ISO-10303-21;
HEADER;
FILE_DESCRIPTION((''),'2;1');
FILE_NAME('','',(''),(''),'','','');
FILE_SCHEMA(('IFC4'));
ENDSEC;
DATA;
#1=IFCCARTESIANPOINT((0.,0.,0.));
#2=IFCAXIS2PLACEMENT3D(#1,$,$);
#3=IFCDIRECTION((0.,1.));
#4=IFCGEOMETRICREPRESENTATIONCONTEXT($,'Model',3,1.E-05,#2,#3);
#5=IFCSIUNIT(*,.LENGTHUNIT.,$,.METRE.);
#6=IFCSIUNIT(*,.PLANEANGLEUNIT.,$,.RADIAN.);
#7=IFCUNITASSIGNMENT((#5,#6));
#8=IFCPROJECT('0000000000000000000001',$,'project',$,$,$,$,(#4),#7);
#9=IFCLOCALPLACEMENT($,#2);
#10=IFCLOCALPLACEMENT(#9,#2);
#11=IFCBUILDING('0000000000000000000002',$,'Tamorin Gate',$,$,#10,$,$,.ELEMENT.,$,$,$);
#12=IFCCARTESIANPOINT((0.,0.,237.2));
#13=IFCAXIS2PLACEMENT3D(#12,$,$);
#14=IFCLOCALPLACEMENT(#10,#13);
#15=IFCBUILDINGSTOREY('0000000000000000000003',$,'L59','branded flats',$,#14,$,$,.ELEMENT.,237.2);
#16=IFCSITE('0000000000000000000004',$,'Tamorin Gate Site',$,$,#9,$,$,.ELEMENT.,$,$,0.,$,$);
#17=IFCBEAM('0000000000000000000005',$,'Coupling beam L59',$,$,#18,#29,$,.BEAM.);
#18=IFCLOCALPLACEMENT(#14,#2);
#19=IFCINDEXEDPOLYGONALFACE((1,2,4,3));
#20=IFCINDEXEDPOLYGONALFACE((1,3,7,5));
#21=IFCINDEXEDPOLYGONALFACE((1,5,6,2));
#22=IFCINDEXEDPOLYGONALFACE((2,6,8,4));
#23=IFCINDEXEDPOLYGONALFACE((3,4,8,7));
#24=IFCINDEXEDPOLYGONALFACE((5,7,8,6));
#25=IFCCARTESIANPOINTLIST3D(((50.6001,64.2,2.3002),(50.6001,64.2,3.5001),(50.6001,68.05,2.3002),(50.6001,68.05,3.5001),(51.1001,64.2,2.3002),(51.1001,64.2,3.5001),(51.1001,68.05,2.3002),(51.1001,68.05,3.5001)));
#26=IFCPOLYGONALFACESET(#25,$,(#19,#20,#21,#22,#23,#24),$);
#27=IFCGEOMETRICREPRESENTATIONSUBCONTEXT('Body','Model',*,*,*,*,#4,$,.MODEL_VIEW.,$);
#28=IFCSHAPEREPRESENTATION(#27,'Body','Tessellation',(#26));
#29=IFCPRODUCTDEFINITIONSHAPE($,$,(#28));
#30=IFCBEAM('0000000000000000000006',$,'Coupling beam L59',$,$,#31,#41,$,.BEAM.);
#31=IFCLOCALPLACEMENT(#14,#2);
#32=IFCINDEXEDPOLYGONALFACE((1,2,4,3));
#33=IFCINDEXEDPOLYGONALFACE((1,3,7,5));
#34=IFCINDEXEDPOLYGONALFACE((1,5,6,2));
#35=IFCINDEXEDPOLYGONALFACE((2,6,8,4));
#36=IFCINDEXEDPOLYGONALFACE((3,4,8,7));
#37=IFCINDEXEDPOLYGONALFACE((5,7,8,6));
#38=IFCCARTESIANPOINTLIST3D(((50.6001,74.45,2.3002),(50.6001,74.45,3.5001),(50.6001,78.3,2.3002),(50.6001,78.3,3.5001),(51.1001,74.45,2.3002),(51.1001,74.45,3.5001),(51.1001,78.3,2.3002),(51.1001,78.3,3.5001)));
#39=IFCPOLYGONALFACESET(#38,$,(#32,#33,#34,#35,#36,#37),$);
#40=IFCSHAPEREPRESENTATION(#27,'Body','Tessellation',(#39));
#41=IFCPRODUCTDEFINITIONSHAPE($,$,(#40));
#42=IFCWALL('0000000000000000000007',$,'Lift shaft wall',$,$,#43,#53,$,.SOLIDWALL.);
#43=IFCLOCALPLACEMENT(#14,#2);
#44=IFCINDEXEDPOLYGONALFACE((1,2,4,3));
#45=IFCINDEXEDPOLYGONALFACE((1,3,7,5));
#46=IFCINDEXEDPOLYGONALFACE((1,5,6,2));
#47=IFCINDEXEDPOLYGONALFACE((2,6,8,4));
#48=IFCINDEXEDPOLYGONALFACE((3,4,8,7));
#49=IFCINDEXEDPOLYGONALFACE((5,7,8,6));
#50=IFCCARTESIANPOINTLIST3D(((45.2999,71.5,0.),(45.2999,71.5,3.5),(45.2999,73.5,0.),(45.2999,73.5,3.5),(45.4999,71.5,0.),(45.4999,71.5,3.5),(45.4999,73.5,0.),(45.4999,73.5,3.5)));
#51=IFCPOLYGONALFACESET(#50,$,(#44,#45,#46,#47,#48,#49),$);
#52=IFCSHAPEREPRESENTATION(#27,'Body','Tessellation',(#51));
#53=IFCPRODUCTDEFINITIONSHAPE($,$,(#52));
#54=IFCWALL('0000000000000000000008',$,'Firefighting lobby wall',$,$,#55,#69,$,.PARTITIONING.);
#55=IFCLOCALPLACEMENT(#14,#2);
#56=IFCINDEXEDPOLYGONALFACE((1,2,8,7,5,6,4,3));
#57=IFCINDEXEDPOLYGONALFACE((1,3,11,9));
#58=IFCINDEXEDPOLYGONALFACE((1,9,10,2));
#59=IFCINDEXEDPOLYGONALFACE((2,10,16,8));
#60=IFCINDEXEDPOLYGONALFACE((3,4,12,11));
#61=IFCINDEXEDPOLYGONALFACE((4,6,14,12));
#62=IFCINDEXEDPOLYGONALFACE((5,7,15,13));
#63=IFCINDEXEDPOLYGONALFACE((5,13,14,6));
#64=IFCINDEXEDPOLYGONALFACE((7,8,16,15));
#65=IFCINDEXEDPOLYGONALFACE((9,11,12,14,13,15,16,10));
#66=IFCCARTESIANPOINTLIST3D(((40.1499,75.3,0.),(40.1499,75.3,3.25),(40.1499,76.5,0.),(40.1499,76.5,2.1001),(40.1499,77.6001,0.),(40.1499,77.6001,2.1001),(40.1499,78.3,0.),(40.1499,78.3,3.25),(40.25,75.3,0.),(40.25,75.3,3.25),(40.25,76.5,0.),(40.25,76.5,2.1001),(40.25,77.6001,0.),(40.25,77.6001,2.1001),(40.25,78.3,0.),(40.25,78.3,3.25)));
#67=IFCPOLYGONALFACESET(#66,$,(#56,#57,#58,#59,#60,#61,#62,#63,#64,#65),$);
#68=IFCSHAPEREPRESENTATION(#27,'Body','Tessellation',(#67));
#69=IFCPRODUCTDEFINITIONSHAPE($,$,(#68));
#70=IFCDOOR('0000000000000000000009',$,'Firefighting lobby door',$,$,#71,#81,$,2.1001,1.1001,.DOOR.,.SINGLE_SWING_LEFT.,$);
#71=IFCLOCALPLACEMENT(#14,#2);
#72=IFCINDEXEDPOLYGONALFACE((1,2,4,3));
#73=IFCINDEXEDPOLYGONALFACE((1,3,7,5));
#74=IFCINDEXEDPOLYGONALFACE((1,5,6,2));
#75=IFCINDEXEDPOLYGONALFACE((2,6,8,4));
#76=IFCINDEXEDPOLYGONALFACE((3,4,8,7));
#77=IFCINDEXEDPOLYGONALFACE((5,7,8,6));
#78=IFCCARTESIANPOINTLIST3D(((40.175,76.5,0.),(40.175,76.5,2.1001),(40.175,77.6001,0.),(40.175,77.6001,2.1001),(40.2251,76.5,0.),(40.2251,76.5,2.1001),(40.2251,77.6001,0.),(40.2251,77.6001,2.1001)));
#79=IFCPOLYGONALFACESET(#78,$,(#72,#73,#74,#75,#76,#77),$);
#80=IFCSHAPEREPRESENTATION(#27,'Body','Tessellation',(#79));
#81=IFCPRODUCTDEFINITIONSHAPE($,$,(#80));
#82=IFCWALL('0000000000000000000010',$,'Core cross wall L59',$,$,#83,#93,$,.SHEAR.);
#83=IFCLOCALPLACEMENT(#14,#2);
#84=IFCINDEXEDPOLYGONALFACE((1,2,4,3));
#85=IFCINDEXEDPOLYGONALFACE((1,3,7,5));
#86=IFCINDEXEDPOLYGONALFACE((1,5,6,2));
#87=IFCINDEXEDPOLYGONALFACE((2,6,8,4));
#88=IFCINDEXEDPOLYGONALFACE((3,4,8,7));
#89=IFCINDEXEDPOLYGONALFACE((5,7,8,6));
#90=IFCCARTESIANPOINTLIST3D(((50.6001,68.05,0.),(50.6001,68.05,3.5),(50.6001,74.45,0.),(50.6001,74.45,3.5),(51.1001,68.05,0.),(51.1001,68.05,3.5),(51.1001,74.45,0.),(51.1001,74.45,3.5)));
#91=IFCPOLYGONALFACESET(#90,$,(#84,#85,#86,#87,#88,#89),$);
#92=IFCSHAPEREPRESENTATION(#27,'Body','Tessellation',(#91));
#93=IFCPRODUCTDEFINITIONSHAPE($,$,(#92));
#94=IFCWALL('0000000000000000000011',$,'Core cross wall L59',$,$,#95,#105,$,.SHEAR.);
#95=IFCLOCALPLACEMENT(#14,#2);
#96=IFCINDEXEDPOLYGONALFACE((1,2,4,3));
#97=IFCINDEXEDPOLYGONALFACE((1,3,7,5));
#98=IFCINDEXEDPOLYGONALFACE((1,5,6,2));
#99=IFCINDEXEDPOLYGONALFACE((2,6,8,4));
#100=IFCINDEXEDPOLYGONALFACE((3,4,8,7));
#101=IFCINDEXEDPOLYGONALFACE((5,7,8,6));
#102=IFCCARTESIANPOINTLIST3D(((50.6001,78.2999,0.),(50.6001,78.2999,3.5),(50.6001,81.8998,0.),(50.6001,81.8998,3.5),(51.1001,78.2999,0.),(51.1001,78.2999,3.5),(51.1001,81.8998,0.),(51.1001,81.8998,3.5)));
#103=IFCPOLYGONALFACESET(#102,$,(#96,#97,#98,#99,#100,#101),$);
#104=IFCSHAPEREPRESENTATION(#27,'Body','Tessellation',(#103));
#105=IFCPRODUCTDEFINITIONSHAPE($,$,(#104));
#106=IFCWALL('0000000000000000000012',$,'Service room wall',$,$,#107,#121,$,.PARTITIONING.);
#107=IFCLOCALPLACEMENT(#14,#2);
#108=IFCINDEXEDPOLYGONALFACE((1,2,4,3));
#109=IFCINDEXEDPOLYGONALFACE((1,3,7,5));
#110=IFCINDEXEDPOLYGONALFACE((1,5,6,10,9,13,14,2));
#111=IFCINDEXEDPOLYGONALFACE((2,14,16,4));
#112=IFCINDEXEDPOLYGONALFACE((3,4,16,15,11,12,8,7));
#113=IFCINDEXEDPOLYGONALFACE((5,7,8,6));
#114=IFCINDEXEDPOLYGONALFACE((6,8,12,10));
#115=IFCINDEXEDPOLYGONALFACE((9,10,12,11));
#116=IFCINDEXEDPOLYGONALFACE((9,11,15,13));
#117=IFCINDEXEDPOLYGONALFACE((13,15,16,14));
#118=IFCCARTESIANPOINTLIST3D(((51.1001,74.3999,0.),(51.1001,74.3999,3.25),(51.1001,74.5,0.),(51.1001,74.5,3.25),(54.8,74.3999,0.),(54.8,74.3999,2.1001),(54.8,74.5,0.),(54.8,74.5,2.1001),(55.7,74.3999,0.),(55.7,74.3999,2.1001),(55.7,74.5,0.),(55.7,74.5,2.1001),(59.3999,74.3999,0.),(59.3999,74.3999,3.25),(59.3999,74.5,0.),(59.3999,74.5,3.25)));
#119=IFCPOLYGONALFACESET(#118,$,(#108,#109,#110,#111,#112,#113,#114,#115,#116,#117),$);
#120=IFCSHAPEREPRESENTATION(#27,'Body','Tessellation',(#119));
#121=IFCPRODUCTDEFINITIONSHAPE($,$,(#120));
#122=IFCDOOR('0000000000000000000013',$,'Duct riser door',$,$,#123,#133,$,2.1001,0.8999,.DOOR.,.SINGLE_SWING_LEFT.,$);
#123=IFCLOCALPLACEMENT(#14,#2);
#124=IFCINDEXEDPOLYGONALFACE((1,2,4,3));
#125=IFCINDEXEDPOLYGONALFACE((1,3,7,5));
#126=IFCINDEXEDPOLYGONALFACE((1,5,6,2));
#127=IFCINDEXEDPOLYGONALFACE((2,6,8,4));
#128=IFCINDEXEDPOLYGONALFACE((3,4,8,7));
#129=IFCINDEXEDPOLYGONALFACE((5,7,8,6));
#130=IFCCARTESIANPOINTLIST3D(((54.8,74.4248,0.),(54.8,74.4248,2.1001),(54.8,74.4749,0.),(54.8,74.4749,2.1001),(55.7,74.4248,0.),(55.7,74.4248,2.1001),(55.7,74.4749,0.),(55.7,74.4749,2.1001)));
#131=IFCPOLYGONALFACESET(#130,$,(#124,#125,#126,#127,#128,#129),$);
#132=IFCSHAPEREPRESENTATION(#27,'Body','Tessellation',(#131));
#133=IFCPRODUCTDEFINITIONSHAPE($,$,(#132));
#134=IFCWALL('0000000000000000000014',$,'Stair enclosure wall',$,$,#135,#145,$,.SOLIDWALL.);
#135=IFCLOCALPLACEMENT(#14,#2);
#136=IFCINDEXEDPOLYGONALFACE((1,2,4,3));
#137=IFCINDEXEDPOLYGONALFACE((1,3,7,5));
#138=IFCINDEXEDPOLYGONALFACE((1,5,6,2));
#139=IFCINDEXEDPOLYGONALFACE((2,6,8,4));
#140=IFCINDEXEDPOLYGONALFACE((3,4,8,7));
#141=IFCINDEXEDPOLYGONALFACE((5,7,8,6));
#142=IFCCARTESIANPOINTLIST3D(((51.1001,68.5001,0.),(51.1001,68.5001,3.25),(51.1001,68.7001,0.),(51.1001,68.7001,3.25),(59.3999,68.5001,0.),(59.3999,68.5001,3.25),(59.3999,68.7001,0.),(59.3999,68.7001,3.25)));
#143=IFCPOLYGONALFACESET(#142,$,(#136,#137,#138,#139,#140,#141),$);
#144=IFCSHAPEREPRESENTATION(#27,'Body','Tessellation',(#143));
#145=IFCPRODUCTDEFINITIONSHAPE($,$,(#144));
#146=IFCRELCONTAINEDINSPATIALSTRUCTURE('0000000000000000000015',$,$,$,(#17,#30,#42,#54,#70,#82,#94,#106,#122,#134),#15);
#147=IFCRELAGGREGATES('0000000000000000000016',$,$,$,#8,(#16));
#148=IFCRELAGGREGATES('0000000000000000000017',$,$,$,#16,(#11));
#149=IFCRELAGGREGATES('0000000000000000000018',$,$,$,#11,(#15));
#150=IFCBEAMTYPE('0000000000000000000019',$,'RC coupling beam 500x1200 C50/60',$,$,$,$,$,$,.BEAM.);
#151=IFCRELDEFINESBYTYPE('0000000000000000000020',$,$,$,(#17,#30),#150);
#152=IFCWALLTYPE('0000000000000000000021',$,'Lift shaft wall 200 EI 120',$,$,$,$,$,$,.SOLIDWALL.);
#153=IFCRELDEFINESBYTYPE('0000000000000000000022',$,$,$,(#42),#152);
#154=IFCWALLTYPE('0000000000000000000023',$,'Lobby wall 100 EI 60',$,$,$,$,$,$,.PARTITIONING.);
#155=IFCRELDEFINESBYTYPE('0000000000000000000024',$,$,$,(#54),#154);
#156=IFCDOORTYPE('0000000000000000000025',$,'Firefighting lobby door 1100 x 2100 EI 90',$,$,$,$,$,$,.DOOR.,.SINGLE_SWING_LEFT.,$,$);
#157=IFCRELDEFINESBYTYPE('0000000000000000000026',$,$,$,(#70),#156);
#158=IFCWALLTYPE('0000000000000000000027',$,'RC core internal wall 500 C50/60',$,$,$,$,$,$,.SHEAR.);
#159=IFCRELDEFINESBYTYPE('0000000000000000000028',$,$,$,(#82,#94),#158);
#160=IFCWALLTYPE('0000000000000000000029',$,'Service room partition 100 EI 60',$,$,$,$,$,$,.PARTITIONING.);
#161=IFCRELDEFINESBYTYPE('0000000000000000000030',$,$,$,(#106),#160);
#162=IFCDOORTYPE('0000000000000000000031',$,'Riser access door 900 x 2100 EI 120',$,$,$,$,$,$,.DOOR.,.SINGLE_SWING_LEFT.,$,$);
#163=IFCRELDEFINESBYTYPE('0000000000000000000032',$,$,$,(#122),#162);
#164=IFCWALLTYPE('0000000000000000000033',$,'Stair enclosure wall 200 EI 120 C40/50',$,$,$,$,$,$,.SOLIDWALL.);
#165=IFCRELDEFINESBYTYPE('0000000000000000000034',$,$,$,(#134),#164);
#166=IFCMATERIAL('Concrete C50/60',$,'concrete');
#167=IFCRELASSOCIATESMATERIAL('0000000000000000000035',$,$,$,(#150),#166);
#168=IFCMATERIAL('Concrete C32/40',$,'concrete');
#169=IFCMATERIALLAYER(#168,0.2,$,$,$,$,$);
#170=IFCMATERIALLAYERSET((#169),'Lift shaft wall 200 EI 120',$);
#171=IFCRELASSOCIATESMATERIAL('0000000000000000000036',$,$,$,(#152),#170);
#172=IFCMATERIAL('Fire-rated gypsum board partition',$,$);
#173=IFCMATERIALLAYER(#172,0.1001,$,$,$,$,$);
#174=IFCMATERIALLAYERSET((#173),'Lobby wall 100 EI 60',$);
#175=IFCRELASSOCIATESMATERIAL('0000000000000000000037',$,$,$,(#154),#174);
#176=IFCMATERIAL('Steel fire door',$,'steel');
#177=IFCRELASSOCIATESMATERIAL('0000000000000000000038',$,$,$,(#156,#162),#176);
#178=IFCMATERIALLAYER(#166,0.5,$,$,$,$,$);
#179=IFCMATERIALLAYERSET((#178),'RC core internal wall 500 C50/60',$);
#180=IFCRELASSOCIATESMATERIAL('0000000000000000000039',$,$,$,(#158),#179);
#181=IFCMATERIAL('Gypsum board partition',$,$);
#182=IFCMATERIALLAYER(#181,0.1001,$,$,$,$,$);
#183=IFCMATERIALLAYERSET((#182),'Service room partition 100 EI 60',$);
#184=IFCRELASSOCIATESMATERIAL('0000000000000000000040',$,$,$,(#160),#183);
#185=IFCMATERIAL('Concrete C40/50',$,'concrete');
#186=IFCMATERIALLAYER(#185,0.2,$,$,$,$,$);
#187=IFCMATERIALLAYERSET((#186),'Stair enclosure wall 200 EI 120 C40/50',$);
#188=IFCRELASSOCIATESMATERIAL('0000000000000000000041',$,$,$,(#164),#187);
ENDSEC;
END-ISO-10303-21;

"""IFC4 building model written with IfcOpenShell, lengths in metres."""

from ifc_helpers import new_model, si_unit, direction, frame, frame_2d, origin, origin_2d, place, context, subcontext, project, spatial, rectangle, extrude, material, layer, layer_set, material_profile, profile_set, type_object, element, fill, save


model = new_model("IFC4")

# Units and contexts
model_context = context("Model", 3, precision=1e-05, world=origin(), true_north=direction((0.0, 1.0)))
body_context = subcontext(model_context, "Body", "Model", "MODEL_VIEW")
ifc_project = project(units=[si_unit("LENGTHUNIT", "METRE"), si_unit("PLANEANGLEUNIT", "RADIAN")], contexts=[model_context])

# Site, building, storey
site_placement = place(None, origin())
site = spatial("IfcSite", under=ifc_project, at=site_placement, Name="Tamorin Gate Site", CompositionType="ELEMENT", RefElevation=0.0)
building_placement = place(site_placement, origin())
building = spatial("IfcBuilding", under=site, at=building_placement, Name="Tamorin Gate", CompositionType="ELEMENT")
storey_placement = place(building_placement, frame((0.0, 0.0, 237.2)))
storey = spatial("IfcBuildingStorey", under=building, at=storey_placement, Name="L59", Description="branded flats", CompositionType="ELEMENT", Elevation=237.2)

# Beams
ifc_material_1 = material(Name="Concrete C50/60", Category="concrete")
ifc_material_profile = material_profile(ifc_material_1, rectangle(XDim=0.5, YDim=1.2, at=origin_2d()), Name="RC 500x1200")
ifc_profile_set = profile_set([ifc_material_profile], Name="Concrete C50/60")
beam_type = type_object("IfcBeamType", Name="RC coupling beam 500x1200 C50/60", PredefinedType="BEAM", material=ifc_profile_set)
for number, where, z_axis, x_axis, name in (
    (1, (50.8501, 64.2, 2.9001), (0.0, 1.0, 0.0), (-1.0, 0.0, 0.0), "Coupling beam L59"),
    (2, (50.8501, 74.45, 2.9001), (0.0, 1.0, 0.0), (-1.0, 0.0, 0.0), "Coupling beam L59"),
):
    element("IfcBeam", number, at=place(storey_placement, frame(where, z_axis=z_axis, x_axis=x_axis)), inside=storey, type_object=beam_type, Name=name, PredefinedType="BEAM", context=body_context, shape_type="SweptSolid", body=[
        extrude(rectangle(XDim=0.5, YDim=1.2, at=origin_2d()), origin(), (0.0, 0.0, 1.0), 3.8501),
    ])

# Wall
ifc_material_2 = material(Name="Concrete C32/40", Category="concrete")
ifc_layer_1 = layer(ifc_material_2, 0.2)
ifc_layer_set_1 = layer_set([ifc_layer_1], Name="Lift shaft wall 200 EI 120")
wall_type_1 = type_object("IfcWallType", Name="Lift shaft wall 200 EI 120", PredefinedType="SOLIDWALL", material=ifc_layer_set_1)
wall_1_placement = place(storey_placement, frame((45.3999, 71.5, 0.0), z_axis=(0.0, 0.0, 1.0), x_axis=(0.0, 1.0, 0.0)))
element("IfcWall", 3, at=wall_1_placement, inside=storey, type_object=wall_type_1, Name="Lift shaft wall", PredefinedType="SOLIDWALL", context=body_context, shape_type="SweptSolid", body=[
    extrude(rectangle(XDim=2.0, YDim=0.2, at=frame_2d((1.0, 0.0))), origin(), (0.0, 0.0, 1.0), 3.5),
])

# Wall, opening, door
ifc_material_3 = material(Name="Fire-rated gypsum board partition")
ifc_layer_2 = layer(ifc_material_3, 0.1001)
ifc_layer_set_2 = layer_set([ifc_layer_2], Name="Lobby wall 100 EI 60")
wall_type_2 = type_object("IfcWallType", Name="Lobby wall 100 EI 60", PredefinedType="PARTITIONING", material=ifc_layer_set_2)
wall_2_placement = place(storey_placement, frame((40.2, 75.3, 0.0), z_axis=(0.0, 0.0, 1.0), x_axis=(0.0, 1.0, 0.0)))
wall_2 = element("IfcWall", 4, at=wall_2_placement, inside=storey, type_object=wall_type_2, Name="Firefighting lobby wall", PredefinedType="PARTITIONING", context=body_context, shape_type="SweptSolid", body=[
    extrude(rectangle(XDim=3.0, YDim=0.1001, at=frame_2d((1.5, 0.0))), origin(), (0.0, 0.0, 1.0), 3.25),
])
opening_1_placement = place(wall_2_placement, frame((1.2, 0.0, 0.0)))
opening_1 = element("IfcOpeningElement", 5, at=opening_1_placement, cuts=wall_2, PredefinedType="OPENING", context=body_context, shape_type="SweptSolid", body=[
    extrude(rectangle(XDim=1.1001, YDim=2.1001, at=frame_2d((0.55, 1.05))), frame((0.0, 0.0601, 0.0), z_axis=(0.0, -1.0, 0.0), x_axis=(1.0, 0.0, 0.0)), (0.0, 0.0, 1.0), 0.1201),
])
ifc_material_4 = material(Name="Steel fire door", Category="steel")
door_type_1 = type_object("IfcDoorType", Name="Firefighting lobby door 1100 x 2100 EI 90", OperationType="SINGLE_SWING_LEFT", PredefinedType="DOOR", material=ifc_material_4)
door_1_placement = place(opening_1_placement, origin())
door_1 = element("IfcDoor", 6, at=door_1_placement, inside=storey, type_object=door_type_1, Name="Firefighting lobby door", OperationType="SINGLE_SWING_LEFT", OverallHeight=2.1001, OverallWidth=1.1001, PredefinedType="DOOR", context=body_context, shape_type="SweptSolid", body=[
    extrude(rectangle(XDim=1.1001, YDim=2.1001, at=frame_2d((0.55, 1.05))), frame((0.0, 0.0249, 0.0), z_axis=(0.0, -1.0, 0.0), x_axis=(1.0, 0.0, 0.0)), (0.0, 0.0, 1.0), 0.05),
])
fill(opening_1, door_1)

# Walls
ifc_layer_3 = layer(ifc_material_1, 0.5)
ifc_layer_set_3 = layer_set([ifc_layer_3], Name="RC core internal wall 500 C50/60")
wall_type_3 = type_object("IfcWallType", Name="RC core internal wall 500 C50/60", PredefinedType="SHEAR", material=ifc_layer_set_3)
wall_3_placement = place(storey_placement, frame((50.8501, 68.05, 0.0), z_axis=(0.0, 0.0, 1.0), x_axis=(0.0, 1.0, 0.0)))
element("IfcWall", 7, at=wall_3_placement, inside=storey, type_object=wall_type_3, Name="Core cross wall L59", PredefinedType="SHEAR", context=body_context, shape_type="SweptSolid", body=[
    extrude(rectangle(XDim=6.3999, YDim=0.5, at=frame_2d((3.2, 0.0))), origin(), (0.0, 0.0, 1.0), 3.5),
])
wall_4_placement = place(storey_placement, frame((50.8501, 78.3, 0.0), z_axis=(0.0, 0.0, 1.0), x_axis=(0.0, 1.0, 0.0)))
element("IfcWall", 8, at=wall_4_placement, inside=storey, type_object=wall_type_3, Name="Core cross wall L59", PredefinedType="SHEAR", context=body_context, shape_type="SweptSolid", body=[
    extrude(rectangle(XDim=3.5999, YDim=0.5, at=frame_2d((1.7998, 0.0))), origin(), (0.0, 0.0, 1.0), 3.5),
])

# Wall, opening, door
ifc_material_5 = material(Name="Gypsum board partition")
ifc_layer_4 = layer(ifc_material_5, 0.1001)
ifc_layer_set_4 = layer_set([ifc_layer_4], Name="Service room partition 100 EI 60")
wall_type_4 = type_object("IfcWallType", Name="Service room partition 100 EI 60", PredefinedType="PARTITIONING", material=ifc_layer_set_4)
wall_5_placement = place(storey_placement, frame((51.1001, 74.45, 0.0), z_axis=(0.0, 0.0, 1.0), x_axis=(1.0, 0.0, 0.0)))
wall_5 = element("IfcWall", 9, at=wall_5_placement, inside=storey, type_object=wall_type_4, Name="Service room wall", PredefinedType="PARTITIONING", context=body_context, shape_type="SweptSolid", body=[
    extrude(rectangle(XDim=8.2998, YDim=0.1001, at=frame_2d((4.1499, 0.0))), origin(), (0.0, 0.0, 1.0), 3.25),
])
opening_2_placement = place(wall_5_placement, frame((3.7, 0.0, 0.0)))
opening_2 = element("IfcOpeningElement", 10, at=opening_2_placement, cuts=wall_5, PredefinedType="OPENING", context=body_context, shape_type="SweptSolid", body=[
    extrude(rectangle(XDim=0.8999, YDim=2.1001, at=frame_2d((0.45, 1.05))), frame((0.0, 0.0601, 0.0), z_axis=(0.0, -1.0, 0.0), x_axis=(1.0, 0.0, 0.0)), (0.0, 0.0, 1.0), 0.1201),
])
door_type_2 = type_object("IfcDoorType", Name="Riser access door 900 x 2100 EI 120", OperationType="SINGLE_SWING_LEFT", PredefinedType="DOOR", material=ifc_material_4)
door_2_placement = place(opening_2_placement, origin())
door_2 = element("IfcDoor", 11, at=door_2_placement, inside=storey, type_object=door_type_2, Name="Duct riser door", OperationType="SINGLE_SWING_LEFT", OverallHeight=2.1001, OverallWidth=0.8999, PredefinedType="DOOR", context=body_context, shape_type="SweptSolid", body=[
    extrude(rectangle(XDim=0.8999, YDim=2.1001, at=frame_2d((0.45, 1.05))), frame((0.0, 0.0249, 0.0), z_axis=(0.0, -1.0, 0.0), x_axis=(1.0, 0.0, 0.0)), (0.0, 0.0, 1.0), 0.05),
])
fill(opening_2, door_2)

# Wall
ifc_material_6 = material(Name="Concrete C40/50", Category="concrete")
ifc_layer_5 = layer(ifc_material_6, 0.2)
ifc_layer_set_5 = layer_set([ifc_layer_5], Name="Stair enclosure wall 200 EI 120 C40/50")
wall_type_5 = type_object("IfcWallType", Name="Stair enclosure wall 200 EI 120 C40/50", PredefinedType="SOLIDWALL", material=ifc_layer_set_5)
wall_6_placement = place(storey_placement, frame((51.1001, 68.6001, 0.0), z_axis=(0.0, 0.0, 1.0), x_axis=(1.0, 0.0, 0.0)))
element("IfcWall", 12, at=wall_6_placement, inside=storey, type_object=wall_type_5, Name="Stair enclosure wall", PredefinedType="SOLIDWALL", context=body_context, shape_type="SweptSolid", body=[
    extrude(rectangle(XDim=8.2998, YDim=0.2, at=frame_2d((4.1499, 0.0))), origin(), (0.0, 0.0, 1.0), 3.25),
])

save(model, "model.ifc")
